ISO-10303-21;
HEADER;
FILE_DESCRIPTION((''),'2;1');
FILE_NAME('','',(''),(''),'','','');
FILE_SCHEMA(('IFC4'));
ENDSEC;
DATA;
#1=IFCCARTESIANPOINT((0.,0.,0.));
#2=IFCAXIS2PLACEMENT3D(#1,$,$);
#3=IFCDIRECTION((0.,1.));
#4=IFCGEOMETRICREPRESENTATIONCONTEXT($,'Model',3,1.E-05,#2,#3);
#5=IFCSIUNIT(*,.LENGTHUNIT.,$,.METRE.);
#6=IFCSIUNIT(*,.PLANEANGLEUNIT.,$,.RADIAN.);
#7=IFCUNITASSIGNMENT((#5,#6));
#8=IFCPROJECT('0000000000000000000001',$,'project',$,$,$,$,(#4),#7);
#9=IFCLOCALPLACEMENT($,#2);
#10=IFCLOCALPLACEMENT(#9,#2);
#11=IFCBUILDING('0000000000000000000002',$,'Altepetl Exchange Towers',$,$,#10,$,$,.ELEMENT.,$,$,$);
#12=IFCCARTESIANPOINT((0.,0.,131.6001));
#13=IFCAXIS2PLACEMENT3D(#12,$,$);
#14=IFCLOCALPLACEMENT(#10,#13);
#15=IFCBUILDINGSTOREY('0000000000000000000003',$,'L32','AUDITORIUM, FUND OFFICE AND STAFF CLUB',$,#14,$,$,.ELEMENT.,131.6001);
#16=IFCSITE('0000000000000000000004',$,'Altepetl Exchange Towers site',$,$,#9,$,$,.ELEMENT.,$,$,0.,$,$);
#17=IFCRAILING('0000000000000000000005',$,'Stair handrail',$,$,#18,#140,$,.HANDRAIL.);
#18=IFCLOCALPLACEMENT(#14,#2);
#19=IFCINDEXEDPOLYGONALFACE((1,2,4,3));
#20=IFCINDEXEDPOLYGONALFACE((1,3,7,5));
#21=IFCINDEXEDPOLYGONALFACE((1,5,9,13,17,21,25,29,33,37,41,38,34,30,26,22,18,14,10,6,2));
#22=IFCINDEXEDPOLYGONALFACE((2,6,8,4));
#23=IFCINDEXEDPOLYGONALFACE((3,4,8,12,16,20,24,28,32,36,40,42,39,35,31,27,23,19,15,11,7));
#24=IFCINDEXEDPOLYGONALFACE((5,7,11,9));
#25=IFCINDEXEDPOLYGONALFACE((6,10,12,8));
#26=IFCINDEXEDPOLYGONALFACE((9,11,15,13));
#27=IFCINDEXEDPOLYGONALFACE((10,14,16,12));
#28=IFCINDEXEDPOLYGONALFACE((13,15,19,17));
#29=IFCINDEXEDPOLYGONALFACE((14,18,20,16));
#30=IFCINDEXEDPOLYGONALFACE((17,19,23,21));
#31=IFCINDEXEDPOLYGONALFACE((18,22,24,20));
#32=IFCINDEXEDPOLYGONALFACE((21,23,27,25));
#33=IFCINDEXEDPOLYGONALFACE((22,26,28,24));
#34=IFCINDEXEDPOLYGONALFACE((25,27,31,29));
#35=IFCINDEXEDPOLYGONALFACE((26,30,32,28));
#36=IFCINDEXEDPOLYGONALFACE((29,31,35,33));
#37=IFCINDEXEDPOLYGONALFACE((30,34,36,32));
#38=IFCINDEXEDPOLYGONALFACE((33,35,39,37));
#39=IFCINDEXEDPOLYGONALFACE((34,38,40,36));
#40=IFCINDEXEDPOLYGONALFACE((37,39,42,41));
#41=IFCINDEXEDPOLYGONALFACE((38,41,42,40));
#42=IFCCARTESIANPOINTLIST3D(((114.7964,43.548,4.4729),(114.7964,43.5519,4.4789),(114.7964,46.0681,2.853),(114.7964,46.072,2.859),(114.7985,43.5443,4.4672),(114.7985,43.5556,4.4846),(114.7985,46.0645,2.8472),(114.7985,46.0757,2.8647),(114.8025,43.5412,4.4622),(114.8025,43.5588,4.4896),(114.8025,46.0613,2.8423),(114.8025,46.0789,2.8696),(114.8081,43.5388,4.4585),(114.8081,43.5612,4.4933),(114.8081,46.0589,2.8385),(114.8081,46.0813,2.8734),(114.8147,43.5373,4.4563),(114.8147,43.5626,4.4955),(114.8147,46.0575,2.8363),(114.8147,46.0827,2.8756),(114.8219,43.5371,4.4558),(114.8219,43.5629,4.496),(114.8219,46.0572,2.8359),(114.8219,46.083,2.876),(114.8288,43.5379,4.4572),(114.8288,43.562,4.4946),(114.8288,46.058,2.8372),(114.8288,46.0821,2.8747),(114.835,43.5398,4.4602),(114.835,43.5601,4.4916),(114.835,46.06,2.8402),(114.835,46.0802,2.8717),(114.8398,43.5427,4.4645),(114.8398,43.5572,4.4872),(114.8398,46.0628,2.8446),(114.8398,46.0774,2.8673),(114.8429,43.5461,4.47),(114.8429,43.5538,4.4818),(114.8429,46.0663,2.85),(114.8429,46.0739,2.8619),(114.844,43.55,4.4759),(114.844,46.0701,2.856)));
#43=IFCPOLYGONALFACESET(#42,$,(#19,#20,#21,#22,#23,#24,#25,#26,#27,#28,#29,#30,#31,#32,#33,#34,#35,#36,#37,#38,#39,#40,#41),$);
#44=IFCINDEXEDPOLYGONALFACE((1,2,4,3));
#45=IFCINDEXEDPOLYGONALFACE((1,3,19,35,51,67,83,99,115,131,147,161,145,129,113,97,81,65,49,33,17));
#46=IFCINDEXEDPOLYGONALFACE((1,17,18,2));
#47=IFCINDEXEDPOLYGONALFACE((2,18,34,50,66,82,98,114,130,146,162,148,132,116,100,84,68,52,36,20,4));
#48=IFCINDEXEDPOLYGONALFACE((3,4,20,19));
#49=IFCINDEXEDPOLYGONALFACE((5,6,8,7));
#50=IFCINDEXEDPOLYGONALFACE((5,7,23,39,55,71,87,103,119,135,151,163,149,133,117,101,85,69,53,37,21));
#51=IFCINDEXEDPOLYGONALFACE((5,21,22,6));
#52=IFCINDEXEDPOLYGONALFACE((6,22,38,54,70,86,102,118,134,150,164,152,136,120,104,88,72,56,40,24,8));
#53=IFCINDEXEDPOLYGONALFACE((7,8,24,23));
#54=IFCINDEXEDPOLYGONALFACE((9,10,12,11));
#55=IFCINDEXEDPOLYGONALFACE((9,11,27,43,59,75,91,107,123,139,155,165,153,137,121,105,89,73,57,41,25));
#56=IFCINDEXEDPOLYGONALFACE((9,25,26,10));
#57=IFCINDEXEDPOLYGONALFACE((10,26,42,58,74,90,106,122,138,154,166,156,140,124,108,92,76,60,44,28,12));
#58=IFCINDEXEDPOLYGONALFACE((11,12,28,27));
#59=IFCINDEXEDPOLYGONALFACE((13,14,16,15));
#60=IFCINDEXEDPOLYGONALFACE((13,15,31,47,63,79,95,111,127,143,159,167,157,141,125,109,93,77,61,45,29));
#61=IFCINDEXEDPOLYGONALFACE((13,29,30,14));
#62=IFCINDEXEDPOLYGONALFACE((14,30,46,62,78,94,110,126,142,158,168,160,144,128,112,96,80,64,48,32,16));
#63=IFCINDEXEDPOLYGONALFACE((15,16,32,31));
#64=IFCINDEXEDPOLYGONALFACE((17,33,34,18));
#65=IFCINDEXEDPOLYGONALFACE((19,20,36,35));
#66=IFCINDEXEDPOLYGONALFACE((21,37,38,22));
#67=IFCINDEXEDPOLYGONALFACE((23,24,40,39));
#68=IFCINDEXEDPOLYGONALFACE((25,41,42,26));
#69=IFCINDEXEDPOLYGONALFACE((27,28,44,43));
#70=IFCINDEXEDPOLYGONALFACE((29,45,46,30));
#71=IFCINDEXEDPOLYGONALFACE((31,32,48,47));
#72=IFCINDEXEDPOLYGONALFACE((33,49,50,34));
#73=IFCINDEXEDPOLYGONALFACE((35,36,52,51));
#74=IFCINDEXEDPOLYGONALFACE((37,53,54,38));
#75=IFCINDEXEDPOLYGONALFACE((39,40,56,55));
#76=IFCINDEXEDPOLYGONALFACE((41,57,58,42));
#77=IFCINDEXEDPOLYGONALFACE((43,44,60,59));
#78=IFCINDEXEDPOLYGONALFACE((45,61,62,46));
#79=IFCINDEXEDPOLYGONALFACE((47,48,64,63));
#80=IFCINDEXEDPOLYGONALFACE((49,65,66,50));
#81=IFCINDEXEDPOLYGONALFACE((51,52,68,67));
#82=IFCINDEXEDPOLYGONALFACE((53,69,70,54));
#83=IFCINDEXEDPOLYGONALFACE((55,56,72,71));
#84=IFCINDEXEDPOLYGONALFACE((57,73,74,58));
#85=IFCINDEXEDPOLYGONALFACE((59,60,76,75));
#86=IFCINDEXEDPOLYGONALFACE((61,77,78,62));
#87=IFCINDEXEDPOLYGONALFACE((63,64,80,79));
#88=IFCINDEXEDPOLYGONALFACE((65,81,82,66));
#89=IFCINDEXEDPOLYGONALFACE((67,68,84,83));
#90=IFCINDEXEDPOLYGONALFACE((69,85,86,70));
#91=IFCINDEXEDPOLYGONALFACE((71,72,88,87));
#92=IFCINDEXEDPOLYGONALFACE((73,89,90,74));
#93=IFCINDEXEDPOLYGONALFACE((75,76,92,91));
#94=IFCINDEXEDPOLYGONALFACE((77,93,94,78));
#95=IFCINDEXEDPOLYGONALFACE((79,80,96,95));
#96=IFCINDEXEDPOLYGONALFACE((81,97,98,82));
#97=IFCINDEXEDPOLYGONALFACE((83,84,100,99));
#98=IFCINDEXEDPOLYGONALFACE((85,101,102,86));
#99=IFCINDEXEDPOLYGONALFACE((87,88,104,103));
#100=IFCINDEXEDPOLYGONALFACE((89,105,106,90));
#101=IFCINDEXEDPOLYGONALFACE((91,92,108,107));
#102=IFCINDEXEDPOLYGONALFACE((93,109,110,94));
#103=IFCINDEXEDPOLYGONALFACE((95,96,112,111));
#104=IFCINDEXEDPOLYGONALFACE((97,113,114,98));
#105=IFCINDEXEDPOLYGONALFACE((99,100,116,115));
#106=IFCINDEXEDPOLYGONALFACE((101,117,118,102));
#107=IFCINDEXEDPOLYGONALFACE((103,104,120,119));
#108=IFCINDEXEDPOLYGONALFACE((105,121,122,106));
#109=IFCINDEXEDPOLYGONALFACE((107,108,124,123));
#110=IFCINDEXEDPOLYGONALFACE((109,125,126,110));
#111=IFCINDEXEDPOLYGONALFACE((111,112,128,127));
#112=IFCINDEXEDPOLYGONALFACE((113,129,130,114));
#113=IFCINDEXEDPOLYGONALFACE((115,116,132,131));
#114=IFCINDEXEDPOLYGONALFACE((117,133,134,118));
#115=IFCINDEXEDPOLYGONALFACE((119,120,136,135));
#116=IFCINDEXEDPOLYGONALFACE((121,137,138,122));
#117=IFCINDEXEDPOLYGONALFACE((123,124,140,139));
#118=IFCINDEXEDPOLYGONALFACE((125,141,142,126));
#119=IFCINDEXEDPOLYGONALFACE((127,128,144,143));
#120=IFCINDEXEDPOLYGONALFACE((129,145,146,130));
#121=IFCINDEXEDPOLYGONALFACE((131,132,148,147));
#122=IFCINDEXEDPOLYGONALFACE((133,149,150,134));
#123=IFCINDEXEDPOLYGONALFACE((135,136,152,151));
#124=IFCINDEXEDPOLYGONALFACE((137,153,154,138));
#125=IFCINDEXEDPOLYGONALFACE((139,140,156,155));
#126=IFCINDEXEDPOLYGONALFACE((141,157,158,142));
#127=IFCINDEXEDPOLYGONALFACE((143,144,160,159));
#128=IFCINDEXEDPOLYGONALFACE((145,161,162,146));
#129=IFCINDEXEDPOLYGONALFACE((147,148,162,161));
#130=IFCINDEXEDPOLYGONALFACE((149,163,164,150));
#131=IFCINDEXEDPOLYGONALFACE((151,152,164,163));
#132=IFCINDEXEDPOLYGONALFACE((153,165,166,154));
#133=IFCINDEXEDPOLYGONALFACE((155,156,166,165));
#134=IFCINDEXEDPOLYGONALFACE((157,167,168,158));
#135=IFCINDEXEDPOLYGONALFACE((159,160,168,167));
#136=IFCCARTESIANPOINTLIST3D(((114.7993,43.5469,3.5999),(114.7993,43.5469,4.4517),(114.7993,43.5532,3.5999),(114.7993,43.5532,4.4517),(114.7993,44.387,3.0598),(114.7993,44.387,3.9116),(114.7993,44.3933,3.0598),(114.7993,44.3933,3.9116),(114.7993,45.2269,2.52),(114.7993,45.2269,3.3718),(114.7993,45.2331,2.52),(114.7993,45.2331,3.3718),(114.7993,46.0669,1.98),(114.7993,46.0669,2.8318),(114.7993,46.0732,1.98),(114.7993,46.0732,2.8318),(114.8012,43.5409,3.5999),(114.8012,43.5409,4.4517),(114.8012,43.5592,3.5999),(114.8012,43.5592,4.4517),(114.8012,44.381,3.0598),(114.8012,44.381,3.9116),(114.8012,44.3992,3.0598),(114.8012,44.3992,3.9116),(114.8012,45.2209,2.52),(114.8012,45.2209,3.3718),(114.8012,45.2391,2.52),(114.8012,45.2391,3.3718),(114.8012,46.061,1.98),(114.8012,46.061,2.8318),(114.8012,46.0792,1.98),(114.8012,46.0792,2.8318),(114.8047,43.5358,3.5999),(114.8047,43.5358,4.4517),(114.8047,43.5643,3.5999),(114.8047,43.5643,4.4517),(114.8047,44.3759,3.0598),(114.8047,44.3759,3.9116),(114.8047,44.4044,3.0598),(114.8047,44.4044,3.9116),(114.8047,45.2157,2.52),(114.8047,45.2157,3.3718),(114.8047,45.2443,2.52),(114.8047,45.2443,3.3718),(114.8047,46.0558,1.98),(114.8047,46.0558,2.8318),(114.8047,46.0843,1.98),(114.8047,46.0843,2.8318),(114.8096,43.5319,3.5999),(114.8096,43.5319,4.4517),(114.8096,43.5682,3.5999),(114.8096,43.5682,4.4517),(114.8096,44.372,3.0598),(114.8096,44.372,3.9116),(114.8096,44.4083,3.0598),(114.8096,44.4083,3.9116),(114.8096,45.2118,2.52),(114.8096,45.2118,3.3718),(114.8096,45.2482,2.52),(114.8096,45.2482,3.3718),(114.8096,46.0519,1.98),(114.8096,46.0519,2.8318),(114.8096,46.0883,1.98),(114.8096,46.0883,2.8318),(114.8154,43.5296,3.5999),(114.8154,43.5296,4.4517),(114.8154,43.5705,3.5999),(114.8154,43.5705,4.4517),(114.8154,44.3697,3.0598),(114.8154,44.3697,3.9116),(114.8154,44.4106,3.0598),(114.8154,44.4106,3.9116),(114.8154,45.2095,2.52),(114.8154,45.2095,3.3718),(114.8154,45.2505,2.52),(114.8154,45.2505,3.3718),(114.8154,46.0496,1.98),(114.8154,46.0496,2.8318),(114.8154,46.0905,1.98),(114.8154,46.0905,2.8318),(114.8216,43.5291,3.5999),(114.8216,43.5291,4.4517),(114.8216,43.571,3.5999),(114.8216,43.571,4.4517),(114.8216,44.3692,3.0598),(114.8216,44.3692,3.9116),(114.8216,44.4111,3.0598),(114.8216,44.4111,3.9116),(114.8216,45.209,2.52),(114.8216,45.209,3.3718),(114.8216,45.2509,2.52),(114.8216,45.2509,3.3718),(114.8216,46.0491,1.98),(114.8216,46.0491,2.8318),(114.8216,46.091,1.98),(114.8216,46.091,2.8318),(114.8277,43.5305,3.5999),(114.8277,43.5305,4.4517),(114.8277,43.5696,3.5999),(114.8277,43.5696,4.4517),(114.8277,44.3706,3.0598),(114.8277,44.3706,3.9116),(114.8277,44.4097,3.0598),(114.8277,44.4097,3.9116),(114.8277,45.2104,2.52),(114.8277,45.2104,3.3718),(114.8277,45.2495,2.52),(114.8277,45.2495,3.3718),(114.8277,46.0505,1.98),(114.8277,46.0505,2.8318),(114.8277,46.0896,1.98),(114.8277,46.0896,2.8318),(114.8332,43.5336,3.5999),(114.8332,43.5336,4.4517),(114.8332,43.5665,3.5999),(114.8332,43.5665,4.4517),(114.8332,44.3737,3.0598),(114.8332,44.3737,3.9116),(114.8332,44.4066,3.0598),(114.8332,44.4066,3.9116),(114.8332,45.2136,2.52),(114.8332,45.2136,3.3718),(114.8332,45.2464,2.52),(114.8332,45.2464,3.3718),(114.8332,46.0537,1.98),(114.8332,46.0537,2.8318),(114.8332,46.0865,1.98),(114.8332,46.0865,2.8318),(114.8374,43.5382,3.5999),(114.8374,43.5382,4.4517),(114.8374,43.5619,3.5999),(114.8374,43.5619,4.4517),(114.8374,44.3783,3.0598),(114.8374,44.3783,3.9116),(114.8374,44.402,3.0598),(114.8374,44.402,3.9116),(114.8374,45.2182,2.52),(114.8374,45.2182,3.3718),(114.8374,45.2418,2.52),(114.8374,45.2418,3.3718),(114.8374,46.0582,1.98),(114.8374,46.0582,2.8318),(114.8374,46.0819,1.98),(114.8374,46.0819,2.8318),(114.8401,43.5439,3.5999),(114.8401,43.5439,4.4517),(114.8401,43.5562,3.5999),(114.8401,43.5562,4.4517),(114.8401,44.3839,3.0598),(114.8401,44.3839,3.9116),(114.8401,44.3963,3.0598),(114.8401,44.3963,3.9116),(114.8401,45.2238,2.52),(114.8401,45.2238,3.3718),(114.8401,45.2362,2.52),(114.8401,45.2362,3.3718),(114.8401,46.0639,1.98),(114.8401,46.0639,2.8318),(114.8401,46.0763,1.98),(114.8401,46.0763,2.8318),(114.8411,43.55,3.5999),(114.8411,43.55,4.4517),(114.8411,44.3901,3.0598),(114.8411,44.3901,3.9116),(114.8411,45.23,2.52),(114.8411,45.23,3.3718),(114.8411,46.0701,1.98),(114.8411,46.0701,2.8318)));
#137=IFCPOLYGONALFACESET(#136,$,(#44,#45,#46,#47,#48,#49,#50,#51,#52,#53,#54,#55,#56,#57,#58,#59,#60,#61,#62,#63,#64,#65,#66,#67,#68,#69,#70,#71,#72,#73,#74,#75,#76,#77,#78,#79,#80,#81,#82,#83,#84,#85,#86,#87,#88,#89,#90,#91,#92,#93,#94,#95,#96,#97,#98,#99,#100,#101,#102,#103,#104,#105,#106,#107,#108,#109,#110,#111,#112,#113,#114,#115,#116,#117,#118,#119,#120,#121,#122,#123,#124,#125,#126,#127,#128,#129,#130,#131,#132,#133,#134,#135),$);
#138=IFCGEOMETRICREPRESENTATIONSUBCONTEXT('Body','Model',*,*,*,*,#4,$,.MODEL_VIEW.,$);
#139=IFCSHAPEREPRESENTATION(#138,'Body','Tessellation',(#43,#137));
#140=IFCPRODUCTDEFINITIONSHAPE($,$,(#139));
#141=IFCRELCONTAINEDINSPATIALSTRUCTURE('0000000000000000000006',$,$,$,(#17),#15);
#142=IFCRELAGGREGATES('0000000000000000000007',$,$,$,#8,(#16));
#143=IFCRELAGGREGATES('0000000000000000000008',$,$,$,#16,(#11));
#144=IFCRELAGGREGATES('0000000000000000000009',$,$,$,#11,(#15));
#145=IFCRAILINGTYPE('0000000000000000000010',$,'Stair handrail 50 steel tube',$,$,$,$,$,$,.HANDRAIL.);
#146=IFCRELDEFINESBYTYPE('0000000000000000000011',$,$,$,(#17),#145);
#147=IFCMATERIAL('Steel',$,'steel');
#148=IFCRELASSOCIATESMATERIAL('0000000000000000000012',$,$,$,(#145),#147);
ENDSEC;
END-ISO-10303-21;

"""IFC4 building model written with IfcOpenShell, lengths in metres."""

from ifc_helpers import new_model, si_unit, direction, frame, origin, origin_2d, place, context, subcontext, project, spatial, circle, extrude, source, transform, mapped, material, type_object, element, save


model = new_model("IFC4")

# Units and contexts
model_context = context("Model", 3, precision=1e-05, world=origin(), true_north=direction((0.0, 1.0)))
body_context = subcontext(model_context, "Body", "Model", "MODEL_VIEW")
ifc_project = project(units=[si_unit("LENGTHUNIT", "METRE"), si_unit("PLANEANGLEUNIT", "RADIAN")], contexts=[model_context])

# Site, building, storey
site_placement = place(None, origin())
site = spatial("IfcSite", under=ifc_project, at=site_placement, Name="Altepetl Exchange Towers site", CompositionType="ELEMENT", RefElevation=0.0)
building_placement = place(site_placement, origin())
building = spatial("IfcBuilding", under=site, at=building_placement, Name="Altepetl Exchange Towers", CompositionType="ELEMENT")
storey_placement = place(building_placement, frame((0.0, 0.0, 131.6001)))
storey = spatial("IfcBuildingStorey", under=building, at=storey_placement, Name="L32", Description="AUDITORIUM, FUND OFFICE AND STAFF CLUB", CompositionType="ELEMENT", Elevation=131.6001)

# Railing
ifc_material_1 = material(Name="Steel", Category="steel")
railing_type = type_object("IfcRailingType", Name="Stair handrail 50 steel tube", PredefinedType="HANDRAIL", material=ifc_material_1)
shared_shape = source(origin(), body_context, "Body", "SweptSolid", [
    extrude(circle(Radius=0.021, at=origin_2d()), origin(), (0.0, 0.0, 1.0), 0.8518),
])
railing_1_placement = place(storey_placement, frame((114.8201, 46.0701, 1.98)))
element("IfcRailing", 1, at=railing_1_placement, inside=storey, type_object=railing_type, Name="Stair handrail", PredefinedType="HANDRAIL", context=body_context, shape_type="SweptSolid", body=[
    extrude(circle(Radius=0.0239, at=origin_2d()), frame((0.0, 0.0, 0.876), z_axis=(0.0, -0.8412, 0.540725), x_axis=(1.0, 0.0, 0.0)), (0.0, 0.0, 1.0), 2.9958),
    mapped(shared_shape, transform((0.0, 0.0, 0.0))),
    mapped(shared_shape, transform((0.0, -0.8401, 0.54))),
    mapped(shared_shape, transform((0.0, -1.6799, 1.0798))),
    mapped(shared_shape, transform((0.0, -2.52, 1.6199))),
])

save(model, "model.ifc")
